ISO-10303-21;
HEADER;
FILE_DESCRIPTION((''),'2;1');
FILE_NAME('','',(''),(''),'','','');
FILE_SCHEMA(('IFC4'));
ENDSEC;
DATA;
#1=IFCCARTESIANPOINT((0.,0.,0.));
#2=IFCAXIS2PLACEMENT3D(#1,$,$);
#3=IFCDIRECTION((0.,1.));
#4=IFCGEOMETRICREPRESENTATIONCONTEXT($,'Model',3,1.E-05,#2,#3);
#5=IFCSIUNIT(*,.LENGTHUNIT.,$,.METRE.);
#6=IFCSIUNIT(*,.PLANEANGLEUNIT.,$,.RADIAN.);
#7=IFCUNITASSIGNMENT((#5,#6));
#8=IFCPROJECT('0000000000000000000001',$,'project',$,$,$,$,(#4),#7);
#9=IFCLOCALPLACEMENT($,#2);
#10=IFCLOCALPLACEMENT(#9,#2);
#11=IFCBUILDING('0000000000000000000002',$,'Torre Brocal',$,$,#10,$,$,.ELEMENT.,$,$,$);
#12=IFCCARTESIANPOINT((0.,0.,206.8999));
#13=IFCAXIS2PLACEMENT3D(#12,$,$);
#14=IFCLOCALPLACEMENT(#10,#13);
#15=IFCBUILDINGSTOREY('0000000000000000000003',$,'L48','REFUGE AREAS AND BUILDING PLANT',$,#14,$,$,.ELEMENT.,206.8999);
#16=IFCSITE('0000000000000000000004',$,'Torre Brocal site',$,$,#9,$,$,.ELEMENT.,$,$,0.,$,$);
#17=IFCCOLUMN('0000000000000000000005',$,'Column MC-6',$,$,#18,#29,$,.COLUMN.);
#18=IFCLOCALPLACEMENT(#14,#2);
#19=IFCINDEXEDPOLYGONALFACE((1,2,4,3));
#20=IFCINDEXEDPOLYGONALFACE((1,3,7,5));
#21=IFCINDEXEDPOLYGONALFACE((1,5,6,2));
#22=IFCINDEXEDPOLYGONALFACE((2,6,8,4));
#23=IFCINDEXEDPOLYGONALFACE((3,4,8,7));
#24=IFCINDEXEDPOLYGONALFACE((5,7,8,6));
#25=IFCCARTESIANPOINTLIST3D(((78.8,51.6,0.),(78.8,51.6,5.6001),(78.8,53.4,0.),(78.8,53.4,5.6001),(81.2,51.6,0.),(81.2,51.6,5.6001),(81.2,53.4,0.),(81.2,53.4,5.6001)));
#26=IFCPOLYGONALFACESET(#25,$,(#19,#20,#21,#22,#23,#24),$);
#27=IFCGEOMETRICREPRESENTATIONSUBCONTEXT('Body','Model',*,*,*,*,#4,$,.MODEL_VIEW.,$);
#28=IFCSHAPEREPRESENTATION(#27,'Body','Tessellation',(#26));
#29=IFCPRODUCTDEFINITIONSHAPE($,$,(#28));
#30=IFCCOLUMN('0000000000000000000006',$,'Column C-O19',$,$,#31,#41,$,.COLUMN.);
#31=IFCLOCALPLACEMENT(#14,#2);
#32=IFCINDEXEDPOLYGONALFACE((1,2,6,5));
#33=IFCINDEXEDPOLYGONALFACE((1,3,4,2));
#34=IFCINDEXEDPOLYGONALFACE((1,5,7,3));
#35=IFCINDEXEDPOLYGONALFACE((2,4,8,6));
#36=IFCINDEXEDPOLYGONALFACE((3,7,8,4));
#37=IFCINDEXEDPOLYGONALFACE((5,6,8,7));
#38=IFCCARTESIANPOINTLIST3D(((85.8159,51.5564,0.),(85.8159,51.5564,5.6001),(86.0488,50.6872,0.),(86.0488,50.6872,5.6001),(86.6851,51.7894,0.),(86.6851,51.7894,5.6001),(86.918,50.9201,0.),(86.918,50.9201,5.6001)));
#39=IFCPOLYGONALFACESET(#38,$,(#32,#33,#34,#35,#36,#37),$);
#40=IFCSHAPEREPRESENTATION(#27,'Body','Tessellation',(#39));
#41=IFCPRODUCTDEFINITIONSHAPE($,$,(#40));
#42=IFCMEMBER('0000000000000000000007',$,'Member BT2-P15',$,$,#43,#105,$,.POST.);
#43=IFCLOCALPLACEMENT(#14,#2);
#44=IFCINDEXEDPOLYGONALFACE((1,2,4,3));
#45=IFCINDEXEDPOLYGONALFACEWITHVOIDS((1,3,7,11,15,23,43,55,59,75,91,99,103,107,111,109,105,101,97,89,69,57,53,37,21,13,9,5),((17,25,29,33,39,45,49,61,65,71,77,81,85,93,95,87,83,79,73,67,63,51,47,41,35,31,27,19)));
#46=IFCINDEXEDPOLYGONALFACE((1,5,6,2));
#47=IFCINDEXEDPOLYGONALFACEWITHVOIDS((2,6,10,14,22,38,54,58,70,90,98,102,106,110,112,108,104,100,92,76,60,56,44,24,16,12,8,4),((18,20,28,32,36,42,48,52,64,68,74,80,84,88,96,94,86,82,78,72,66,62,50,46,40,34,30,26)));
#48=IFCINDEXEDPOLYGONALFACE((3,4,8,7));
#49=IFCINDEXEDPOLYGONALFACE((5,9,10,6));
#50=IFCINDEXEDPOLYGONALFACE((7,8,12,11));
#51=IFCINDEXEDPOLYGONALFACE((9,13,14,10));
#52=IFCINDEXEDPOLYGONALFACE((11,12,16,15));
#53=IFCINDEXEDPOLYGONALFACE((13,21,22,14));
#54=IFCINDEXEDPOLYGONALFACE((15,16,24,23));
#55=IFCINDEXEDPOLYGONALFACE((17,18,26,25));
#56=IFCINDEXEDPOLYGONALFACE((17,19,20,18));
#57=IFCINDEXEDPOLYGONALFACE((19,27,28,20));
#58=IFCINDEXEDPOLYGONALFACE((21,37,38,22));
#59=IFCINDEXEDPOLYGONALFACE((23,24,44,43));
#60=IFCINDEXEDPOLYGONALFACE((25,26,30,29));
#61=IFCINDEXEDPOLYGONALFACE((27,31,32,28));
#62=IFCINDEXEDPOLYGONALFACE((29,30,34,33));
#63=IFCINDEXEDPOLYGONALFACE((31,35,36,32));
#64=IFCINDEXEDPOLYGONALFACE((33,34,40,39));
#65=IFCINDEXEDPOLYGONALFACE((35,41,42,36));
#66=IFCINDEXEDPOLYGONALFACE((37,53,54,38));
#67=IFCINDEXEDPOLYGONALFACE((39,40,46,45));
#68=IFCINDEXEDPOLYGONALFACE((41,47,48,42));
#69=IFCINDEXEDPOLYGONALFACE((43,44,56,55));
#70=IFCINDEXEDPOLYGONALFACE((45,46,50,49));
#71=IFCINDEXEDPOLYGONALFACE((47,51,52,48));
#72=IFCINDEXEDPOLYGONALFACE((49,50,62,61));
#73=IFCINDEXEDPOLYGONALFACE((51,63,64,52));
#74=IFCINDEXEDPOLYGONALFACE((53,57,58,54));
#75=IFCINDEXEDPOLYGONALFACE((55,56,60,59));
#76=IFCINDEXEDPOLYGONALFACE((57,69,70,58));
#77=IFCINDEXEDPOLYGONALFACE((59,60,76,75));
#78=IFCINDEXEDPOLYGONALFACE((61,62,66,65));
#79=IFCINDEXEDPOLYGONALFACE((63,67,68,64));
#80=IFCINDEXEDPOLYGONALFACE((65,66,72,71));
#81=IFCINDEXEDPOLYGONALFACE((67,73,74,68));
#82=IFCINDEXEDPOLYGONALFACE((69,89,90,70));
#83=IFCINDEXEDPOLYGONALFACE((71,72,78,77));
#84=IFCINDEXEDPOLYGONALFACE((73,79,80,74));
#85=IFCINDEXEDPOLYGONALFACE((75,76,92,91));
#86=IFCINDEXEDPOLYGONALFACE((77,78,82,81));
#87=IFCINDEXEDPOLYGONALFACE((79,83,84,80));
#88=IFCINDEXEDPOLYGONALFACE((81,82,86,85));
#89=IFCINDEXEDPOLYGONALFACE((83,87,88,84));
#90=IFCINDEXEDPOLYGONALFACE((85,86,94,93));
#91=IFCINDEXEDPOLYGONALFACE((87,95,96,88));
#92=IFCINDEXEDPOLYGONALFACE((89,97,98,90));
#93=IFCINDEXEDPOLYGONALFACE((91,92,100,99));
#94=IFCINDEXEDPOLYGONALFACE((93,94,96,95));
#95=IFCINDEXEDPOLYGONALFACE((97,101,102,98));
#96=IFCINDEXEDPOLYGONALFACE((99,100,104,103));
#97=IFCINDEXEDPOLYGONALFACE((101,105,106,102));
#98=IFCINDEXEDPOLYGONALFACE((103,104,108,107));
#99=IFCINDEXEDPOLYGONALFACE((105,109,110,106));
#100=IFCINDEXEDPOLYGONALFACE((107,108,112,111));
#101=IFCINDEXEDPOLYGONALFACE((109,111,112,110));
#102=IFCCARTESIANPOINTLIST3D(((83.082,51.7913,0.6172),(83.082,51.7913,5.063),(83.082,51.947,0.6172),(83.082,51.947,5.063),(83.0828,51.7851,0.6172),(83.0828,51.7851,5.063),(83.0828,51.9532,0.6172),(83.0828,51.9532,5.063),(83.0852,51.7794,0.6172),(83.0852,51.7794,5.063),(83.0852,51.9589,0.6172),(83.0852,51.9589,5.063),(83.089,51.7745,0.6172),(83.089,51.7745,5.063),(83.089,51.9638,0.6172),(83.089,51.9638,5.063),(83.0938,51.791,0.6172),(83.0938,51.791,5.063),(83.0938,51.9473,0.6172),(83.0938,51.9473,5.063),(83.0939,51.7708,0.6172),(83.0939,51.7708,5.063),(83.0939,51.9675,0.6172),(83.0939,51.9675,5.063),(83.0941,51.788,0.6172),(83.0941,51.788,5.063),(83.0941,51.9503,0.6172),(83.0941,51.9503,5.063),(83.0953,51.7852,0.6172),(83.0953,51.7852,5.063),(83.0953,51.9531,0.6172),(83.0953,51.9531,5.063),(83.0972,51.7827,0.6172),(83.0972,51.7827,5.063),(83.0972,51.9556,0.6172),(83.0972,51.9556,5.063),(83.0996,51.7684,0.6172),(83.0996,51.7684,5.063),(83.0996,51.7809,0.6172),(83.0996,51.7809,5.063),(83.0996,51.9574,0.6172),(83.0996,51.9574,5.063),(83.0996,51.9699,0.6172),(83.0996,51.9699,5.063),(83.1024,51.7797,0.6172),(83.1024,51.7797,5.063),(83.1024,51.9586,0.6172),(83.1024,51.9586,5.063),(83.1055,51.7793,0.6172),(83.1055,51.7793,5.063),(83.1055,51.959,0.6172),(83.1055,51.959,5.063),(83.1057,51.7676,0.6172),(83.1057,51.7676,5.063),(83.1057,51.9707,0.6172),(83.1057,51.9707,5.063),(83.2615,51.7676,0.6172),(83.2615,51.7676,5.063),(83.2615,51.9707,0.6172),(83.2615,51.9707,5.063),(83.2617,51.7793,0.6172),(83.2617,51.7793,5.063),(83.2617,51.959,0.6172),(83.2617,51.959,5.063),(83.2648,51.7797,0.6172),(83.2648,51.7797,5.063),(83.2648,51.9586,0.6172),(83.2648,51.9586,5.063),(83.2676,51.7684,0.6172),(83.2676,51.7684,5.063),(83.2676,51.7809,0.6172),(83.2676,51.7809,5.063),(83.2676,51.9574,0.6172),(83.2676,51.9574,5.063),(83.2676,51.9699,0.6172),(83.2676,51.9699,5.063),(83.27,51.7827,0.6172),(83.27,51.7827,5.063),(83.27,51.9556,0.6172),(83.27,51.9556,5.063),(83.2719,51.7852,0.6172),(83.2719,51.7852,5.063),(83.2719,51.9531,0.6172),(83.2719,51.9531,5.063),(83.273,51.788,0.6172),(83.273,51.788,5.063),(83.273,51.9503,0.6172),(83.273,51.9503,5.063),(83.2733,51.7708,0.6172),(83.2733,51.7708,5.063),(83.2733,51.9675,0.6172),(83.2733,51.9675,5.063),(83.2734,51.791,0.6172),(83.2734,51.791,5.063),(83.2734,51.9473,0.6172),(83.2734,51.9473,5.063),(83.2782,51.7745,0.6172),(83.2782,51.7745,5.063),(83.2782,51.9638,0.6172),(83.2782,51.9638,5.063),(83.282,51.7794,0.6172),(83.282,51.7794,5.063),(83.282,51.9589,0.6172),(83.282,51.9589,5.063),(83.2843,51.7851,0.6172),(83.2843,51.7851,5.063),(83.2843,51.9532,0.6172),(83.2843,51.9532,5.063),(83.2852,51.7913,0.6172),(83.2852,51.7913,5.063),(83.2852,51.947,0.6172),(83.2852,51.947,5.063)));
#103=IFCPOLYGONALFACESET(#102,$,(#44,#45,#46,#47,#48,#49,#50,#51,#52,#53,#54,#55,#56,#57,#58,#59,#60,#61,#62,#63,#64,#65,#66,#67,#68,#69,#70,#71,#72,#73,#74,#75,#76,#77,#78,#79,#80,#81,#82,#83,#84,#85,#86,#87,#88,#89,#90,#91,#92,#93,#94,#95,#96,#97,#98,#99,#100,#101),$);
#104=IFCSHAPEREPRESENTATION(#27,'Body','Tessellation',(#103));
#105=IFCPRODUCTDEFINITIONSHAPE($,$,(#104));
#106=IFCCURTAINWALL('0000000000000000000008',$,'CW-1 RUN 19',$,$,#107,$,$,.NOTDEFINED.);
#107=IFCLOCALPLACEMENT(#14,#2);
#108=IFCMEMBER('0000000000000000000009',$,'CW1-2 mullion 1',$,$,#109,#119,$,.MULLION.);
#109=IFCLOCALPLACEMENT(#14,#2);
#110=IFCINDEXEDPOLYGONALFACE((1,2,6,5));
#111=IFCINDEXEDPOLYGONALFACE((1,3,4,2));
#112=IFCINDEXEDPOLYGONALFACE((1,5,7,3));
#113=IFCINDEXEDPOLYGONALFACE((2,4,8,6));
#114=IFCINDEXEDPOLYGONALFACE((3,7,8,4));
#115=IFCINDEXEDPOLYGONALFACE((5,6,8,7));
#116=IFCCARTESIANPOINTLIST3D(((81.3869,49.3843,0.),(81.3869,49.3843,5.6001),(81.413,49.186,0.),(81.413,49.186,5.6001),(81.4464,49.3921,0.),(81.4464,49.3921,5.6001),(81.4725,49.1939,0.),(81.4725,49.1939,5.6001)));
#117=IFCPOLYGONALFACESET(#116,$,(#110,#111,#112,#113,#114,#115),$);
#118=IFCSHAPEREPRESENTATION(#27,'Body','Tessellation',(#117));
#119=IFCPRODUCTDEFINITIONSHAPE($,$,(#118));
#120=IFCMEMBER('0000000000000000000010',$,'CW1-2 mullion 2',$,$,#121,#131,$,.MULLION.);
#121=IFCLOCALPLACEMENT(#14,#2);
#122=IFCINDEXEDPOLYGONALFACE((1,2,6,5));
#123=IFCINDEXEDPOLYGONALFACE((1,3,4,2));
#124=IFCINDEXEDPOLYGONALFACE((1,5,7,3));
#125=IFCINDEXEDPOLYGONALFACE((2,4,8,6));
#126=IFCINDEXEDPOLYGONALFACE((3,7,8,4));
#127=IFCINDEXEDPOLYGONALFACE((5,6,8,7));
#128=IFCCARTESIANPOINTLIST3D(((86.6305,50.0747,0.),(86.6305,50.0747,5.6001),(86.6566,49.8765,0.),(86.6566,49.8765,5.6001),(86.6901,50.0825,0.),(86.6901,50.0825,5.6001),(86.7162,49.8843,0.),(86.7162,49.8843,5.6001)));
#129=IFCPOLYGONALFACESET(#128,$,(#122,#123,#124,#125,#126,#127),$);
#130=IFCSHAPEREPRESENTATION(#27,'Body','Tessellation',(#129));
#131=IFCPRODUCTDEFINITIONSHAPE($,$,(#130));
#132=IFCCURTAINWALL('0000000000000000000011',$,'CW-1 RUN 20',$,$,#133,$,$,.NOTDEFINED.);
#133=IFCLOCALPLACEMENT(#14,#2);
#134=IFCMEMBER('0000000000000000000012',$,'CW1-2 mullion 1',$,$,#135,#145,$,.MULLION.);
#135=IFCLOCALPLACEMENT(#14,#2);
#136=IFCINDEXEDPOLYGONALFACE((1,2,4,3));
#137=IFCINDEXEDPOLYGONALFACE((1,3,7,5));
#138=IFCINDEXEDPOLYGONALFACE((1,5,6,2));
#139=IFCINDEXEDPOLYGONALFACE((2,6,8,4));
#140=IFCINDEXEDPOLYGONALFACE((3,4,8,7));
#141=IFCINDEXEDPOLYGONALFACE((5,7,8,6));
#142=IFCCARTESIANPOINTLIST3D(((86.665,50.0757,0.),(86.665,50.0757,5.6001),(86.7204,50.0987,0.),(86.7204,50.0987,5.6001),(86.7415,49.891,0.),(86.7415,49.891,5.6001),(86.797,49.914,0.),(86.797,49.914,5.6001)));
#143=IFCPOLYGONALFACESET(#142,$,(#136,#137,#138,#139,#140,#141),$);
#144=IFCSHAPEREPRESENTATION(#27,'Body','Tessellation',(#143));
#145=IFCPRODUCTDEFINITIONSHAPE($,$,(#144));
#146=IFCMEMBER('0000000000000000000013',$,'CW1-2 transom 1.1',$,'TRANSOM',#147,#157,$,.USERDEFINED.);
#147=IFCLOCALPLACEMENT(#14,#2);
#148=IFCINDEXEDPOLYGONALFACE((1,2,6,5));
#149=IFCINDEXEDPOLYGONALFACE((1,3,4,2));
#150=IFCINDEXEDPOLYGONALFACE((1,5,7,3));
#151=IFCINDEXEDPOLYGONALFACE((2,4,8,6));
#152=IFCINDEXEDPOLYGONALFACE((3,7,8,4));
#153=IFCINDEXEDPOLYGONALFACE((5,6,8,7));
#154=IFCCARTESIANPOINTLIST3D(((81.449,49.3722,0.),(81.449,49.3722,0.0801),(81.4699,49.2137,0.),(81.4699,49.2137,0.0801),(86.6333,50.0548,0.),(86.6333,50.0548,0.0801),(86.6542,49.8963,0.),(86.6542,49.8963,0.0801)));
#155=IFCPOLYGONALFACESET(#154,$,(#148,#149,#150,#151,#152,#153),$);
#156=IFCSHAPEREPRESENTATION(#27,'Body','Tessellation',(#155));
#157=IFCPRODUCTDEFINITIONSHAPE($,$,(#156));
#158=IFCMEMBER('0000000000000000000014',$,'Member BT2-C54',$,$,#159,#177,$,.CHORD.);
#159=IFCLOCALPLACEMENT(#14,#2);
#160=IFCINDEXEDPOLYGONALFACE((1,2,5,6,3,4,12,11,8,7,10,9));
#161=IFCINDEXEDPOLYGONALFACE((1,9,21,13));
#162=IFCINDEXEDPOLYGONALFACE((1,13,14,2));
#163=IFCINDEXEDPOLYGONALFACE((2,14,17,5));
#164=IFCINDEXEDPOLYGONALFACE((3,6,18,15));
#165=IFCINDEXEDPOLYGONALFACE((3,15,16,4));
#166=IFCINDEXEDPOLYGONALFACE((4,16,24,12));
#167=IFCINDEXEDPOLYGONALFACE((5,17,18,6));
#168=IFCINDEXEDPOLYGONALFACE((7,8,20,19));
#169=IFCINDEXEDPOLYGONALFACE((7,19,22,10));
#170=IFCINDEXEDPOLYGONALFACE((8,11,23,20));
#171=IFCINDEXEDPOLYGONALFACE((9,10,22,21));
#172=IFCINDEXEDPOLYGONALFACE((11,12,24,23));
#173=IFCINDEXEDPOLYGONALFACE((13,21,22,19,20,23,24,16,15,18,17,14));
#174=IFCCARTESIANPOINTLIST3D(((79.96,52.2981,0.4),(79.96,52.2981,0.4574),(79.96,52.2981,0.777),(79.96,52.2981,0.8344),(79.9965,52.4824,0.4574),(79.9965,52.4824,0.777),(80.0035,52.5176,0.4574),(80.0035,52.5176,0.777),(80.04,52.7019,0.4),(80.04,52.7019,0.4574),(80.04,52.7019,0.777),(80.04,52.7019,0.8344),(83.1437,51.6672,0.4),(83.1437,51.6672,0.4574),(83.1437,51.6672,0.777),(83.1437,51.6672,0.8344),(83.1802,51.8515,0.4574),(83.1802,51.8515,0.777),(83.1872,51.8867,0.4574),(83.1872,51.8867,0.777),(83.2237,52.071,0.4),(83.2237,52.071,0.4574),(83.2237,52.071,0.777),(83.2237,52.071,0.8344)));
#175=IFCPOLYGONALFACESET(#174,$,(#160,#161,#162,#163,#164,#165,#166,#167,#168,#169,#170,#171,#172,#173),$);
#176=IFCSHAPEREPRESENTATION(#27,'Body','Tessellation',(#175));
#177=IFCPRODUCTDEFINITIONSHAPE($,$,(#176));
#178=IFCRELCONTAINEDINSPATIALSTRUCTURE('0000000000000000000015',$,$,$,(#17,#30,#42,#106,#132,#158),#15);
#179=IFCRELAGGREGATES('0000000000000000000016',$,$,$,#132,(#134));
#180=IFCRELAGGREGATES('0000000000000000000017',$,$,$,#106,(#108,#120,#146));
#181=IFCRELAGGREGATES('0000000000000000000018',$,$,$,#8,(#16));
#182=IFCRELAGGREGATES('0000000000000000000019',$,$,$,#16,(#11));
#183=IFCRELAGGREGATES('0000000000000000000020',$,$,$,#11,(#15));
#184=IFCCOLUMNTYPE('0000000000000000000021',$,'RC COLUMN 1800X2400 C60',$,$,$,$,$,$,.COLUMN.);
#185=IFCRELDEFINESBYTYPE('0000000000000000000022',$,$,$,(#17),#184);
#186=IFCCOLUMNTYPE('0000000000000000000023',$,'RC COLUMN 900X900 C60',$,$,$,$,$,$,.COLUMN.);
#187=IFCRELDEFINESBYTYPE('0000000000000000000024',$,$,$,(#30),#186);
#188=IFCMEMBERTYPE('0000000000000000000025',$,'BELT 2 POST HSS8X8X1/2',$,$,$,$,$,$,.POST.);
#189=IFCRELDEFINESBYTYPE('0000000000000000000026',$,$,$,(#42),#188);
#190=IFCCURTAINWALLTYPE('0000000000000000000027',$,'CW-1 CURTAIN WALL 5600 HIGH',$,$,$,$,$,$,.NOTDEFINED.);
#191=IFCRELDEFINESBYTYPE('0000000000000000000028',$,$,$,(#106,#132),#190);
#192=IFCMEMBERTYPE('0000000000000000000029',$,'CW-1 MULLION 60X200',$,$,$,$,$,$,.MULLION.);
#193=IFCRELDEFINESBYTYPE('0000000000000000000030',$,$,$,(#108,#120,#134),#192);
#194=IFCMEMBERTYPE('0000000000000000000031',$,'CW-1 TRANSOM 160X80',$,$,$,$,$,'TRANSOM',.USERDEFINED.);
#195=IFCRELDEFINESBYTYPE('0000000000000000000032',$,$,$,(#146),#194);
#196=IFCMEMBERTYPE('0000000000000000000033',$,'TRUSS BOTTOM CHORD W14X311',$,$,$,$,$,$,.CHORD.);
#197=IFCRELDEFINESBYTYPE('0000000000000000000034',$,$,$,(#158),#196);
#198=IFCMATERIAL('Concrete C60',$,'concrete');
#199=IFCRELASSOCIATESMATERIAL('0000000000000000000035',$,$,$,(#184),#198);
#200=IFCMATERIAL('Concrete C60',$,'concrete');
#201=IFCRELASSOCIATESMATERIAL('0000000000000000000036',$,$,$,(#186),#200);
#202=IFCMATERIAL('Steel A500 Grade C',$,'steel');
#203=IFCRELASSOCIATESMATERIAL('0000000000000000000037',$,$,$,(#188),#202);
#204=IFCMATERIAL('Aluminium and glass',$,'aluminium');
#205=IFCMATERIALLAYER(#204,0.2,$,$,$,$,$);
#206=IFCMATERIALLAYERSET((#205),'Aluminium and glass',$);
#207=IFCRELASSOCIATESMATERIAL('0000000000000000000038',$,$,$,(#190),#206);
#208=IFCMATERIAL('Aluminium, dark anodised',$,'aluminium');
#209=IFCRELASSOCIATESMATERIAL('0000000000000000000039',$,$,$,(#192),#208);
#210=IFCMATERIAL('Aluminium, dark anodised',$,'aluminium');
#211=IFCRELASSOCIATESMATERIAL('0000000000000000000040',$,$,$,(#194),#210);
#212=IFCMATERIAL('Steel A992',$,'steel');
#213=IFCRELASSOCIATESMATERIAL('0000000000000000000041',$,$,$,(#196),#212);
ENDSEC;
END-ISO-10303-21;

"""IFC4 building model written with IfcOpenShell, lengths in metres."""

from ifc_helpers import new_model, si_unit, direction, frame, origin, origin_2d, place, context, subcontext, project, spatial, rectangle, hollow_rectangle, i_section, extrude, material, layer, layer_set, material_profile, profile_set, type_object, element, aggregate, save


model = new_model("IFC4")

# Units and contexts
model_context = context("Model", 3, precision=1e-05, world=origin(), true_north=direction((0.0, 1.0)))
body_context = subcontext(model_context, "Body", "Model", "MODEL_VIEW")
ifc_project = project(units=[si_unit("LENGTHUNIT", "METRE"), si_unit("PLANEANGLEUNIT", "RADIAN")], contexts=[model_context])

# Site, building, storey
site_placement = place(None, origin())
site = spatial("IfcSite", under=ifc_project, at=site_placement, Name="Torre Brocal site", CompositionType="ELEMENT", RefElevation=0.0)
building_placement = place(site_placement, origin())
building = spatial("IfcBuilding", under=site, at=building_placement, Name="Torre Brocal", CompositionType="ELEMENT")
storey_placement = place(building_placement, frame((0.0, 0.0, 206.8999)))
storey = spatial("IfcBuildingStorey", under=building, at=storey_placement, Name="L48", Description="REFUGE AREAS AND BUILDING PLANT", CompositionType="ELEMENT", Elevation=206.8999)

# Columns
ifc_material_1 = material(Name="Concrete C60", Category="concrete")
ifc_material_profile_1 = material_profile(ifc_material_1, rectangle(XDim=1.8, YDim=2.3999, at=origin_2d()), Name="RC 1800X2400")
ifc_profile_set_1 = profile_set([ifc_material_profile_1], Name="Concrete C60")
column_type_1 = type_object("IfcColumnType", Name="RC COLUMN 1800X2400 C60", PredefinedType="COLUMN", material=ifc_profile_set_1)
column_1_placement = place(storey_placement, frame((80.0, 52.5, 0.0), z_axis=(0.0, 0.0, 1.0), x_axis=(0.0, -1.0, 0.0)))
element("IfcColumn", 1, at=column_1_placement, inside=storey, type_object=column_type_1, Name="Column MC-6", PredefinedType="COLUMN", context=body_context, shape_type="SweptSolid", body=[
    extrude(rectangle(XDim=1.8, YDim=2.3999, at=origin_2d()), origin(), (0.0, 0.0, 1.0), 5.6001),
])
ifc_material_2 = material(Name="Concrete C60", Category="concrete")
ifc_material_profile_2 = material_profile(ifc_material_2, rectangle(XDim=0.8999, YDim=0.8999, at=origin_2d()), Name="RC 900X900")
ifc_profile_set_2 = profile_set([ifc_material_profile_2], Name="Concrete C60")
column_type_2 = type_object("IfcColumnType", Name="RC COLUMN 900X900 C60", PredefinedType="COLUMN", material=ifc_profile_set_2)
column_2_placement = place(storey_placement, frame((86.3669, 51.2383, 0.0), z_axis=(0.0, 0.0, 1.0), x_axis=(0.258819, -0.965926, 0.0)))
element("IfcColumn", 2, at=column_2_placement, inside=storey, type_object=column_type_2, Name="Column C-O19", PredefinedType="COLUMN", context=body_context, shape_type="SweptSolid", body=[
    extrude(rectangle(XDim=0.8999, YDim=0.8999, at=origin_2d()), origin(), (0.0, 0.0, 1.0), 5.6001),
])

# Member
ifc_material_3 = material(Name="Steel A500 Grade C", Category="steel")
ifc_material_profile_3 = material_profile(ifc_material_3, hollow_rectangle(XDim=0.2031, YDim=0.2031, WallThickness=0.0117, InnerFilletRadius=0.0117, OuterFilletRadius=0.0237, at=origin_2d()), Name="HSS8X8X1/2")
ifc_profile_set_3 = profile_set([ifc_material_profile_3], Name="Steel A500 Grade C")
member_type_1 = type_object("IfcMemberType", Name="BELT 2 POST HSS8X8X1/2", PredefinedType="POST", material=ifc_profile_set_3)
member_1_placement = place(storey_placement, frame((83.1836, 51.8691, 0.6172), z_axis=(0.0, 0.0, 1.0), x_axis=(1.0, 0.0, 0.0)))
element("IfcMember", 3, at=member_1_placement, inside=storey, type_object=member_type_1, Name="Member BT2-P15", PredefinedType="POST", context=body_context, shape_type="SweptSolid", body=[
    extrude(hollow_rectangle(XDim=0.2031, YDim=0.2031, WallThickness=0.0117, InnerFilletRadius=0.0117, OuterFilletRadius=0.0237, at=origin_2d()), origin(), (0.0, 0.0, 1.0), 4.4458),
])

# Curtain wall, members
ifc_material_4 = material(Name="Aluminium and glass", Category="aluminium")
ifc_layer_1 = layer(ifc_material_4, 0.2)
ifc_layer_set_1 = layer_set([ifc_layer_1], Name="Aluminium and glass")
curtain_wall_type = type_object("IfcCurtainWallType", Name="CW-1 CURTAIN WALL 5600 HIGH", PredefinedType="NOTDEFINED", material=ifc_layer_set_1)
curtain_wall_1_placement = place(storey_placement, origin())
curtain_wall_1 = element("IfcCurtainWall", 4, at=curtain_wall_1_placement, inside=storey, type_object=curtain_wall_type, Name="CW-1 RUN 19", PredefinedType="NOTDEFINED")
ifc_material_5 = material(Name="Aluminium, dark anodised", Category="aluminium")
ifc_material_profile_4 = material_profile(ifc_material_5, rectangle(XDim=0.2, YDim=0.0601, at=origin_2d()), Name="CW-1 MULLION 60X200")
ifc_profile_set_4 = profile_set([ifc_material_profile_4], Name="Aluminium, dark anodised")
member_type_2 = type_object("IfcMemberType", Name="CW-1 MULLION 60X200", PredefinedType="MULLION", material=ifc_profile_set_4)
member_2_placement = place(storey_placement, frame((81.4297, 49.2891, 0.0), z_axis=(0.0, 0.0, 1.0), x_axis=(-0.130526, 0.991445, 0.0)))
member_2 = element("IfcMember", 5, at=member_2_placement, type_object=member_type_2, Name="CW1-2 mullion 1", PredefinedType="MULLION", context=body_context, shape_type="SweptSolid", body=[
    extrude(rectangle(XDim=0.2, YDim=0.0601, at=origin_2d()), origin(), (0.0, 0.0, 1.0), 5.6001),
])
member_3_placement = place(storey_placement, frame((86.6733, 49.9795, 0.0), z_axis=(0.0, 0.0, 1.0), x_axis=(-0.130526, 0.991445, 0.0)))
member_3 = element("IfcMember", 6, at=member_3_placement, type_object=member_type_2, Name="CW1-2 mullion 2", PredefinedType="MULLION", context=body_context, shape_type="SweptSolid", body=[
    extrude(rectangle(XDim=0.2, YDim=0.0601, at=origin_2d()), origin(), (0.0, 0.0, 1.0), 5.6001),
])

# Curtain wall, member
curtain_wall_2_placement = place(storey_placement, origin())
curtain_wall_2 = element("IfcCurtainWall", 7, at=curtain_wall_2_placement, inside=storey, type_object=curtain_wall_type, Name="CW-1 RUN 20", PredefinedType="NOTDEFINED")
member_4_placement = place(storey_placement, frame((86.731, 49.9949, 0.0), z_axis=(0.0, 0.0, 1.0), x_axis=(-0.382683, 0.92388, 0.0)))
member_4 = element("IfcMember", 8, at=member_4_placement, type_object=member_type_2, Name="CW1-2 mullion 1", PredefinedType="MULLION", context=body_context, shape_type="SweptSolid", body=[
    extrude(rectangle(XDim=0.2, YDim=0.0601, at=origin_2d()), origin(), (0.0, 0.0, 1.0), 5.6001),
])
aggregate(curtain_wall_2, [member_4])

# Member
ifc_material_6 = material(Name="Aluminium, dark anodised", Category="aluminium")
ifc_material_profile_5 = material_profile(ifc_material_6, rectangle(XDim=0.1599, YDim=0.0801, at=origin_2d()), Name="CW-1 TRANSOM 160X80")
ifc_profile_set_5 = profile_set([ifc_material_profile_5], Name="Aluminium, dark anodised")
member_type_3 = type_object("IfcMemberType", Name="CW-1 TRANSOM 160X80", ElementType="TRANSOM", PredefinedType="USERDEFINED", material=ifc_profile_set_5)
member_5_placement = place(storey_placement, frame((81.4595, 49.293, 0.04), z_axis=(0.991443, 0.130543, 0.0), x_axis=(-0.130543, 0.991443, 0.0)))
member_5 = element("IfcMember", 9, at=member_5_placement, type_object=member_type_3, Name="CW1-2 transom 1.1", ObjectType="TRANSOM", PredefinedType="USERDEFINED", context=body_context, shape_type="SweptSolid", body=[
    extrude(rectangle(XDim=0.1599, YDim=0.0801, at=origin_2d()), origin(), (0.0, 0.0, 1.0), 5.229),
])

# Member
ifc_material_7 = material(Name="Steel A992", Category="steel")
ifc_material_profile_6 = material_profile(ifc_material_7, i_section(OverallWidth=0.4116, OverallDepth=0.4343, WebThickness=0.0359, FlangeThickness=0.0574, at=origin_2d()), Name="W14X311")
ifc_profile_set_6 = profile_set([ifc_material_profile_6], Name="Steel A992")
member_type_4 = type_object("IfcMemberType", Name="TRUSS BOTTOM CHORD W14X311", PredefinedType="CHORD", material=ifc_profile_set_6)
member_6_placement = place(storey_placement, frame((80.0, 52.5, 0.6172), z_axis=(0.980926, -0.19438, 0.0), x_axis=(0.19438, 0.980926, 0.0)))
element("IfcMember", 10, at=member_6_placement, inside=storey, type_object=member_type_4, Name="Member BT2-C54", PredefinedType="CHORD", context=body_context, shape_type="SweptSolid", body=[
    extrude(i_section(OverallWidth=0.4116, OverallDepth=0.4343, WebThickness=0.0359, FlangeThickness=0.0574, at=origin_2d()), origin(), (0.0, 0.0, 1.0), 3.2456),
])

aggregate(curtain_wall_1, [member_2, member_3, member_5])

save(model, "model.ifc")
